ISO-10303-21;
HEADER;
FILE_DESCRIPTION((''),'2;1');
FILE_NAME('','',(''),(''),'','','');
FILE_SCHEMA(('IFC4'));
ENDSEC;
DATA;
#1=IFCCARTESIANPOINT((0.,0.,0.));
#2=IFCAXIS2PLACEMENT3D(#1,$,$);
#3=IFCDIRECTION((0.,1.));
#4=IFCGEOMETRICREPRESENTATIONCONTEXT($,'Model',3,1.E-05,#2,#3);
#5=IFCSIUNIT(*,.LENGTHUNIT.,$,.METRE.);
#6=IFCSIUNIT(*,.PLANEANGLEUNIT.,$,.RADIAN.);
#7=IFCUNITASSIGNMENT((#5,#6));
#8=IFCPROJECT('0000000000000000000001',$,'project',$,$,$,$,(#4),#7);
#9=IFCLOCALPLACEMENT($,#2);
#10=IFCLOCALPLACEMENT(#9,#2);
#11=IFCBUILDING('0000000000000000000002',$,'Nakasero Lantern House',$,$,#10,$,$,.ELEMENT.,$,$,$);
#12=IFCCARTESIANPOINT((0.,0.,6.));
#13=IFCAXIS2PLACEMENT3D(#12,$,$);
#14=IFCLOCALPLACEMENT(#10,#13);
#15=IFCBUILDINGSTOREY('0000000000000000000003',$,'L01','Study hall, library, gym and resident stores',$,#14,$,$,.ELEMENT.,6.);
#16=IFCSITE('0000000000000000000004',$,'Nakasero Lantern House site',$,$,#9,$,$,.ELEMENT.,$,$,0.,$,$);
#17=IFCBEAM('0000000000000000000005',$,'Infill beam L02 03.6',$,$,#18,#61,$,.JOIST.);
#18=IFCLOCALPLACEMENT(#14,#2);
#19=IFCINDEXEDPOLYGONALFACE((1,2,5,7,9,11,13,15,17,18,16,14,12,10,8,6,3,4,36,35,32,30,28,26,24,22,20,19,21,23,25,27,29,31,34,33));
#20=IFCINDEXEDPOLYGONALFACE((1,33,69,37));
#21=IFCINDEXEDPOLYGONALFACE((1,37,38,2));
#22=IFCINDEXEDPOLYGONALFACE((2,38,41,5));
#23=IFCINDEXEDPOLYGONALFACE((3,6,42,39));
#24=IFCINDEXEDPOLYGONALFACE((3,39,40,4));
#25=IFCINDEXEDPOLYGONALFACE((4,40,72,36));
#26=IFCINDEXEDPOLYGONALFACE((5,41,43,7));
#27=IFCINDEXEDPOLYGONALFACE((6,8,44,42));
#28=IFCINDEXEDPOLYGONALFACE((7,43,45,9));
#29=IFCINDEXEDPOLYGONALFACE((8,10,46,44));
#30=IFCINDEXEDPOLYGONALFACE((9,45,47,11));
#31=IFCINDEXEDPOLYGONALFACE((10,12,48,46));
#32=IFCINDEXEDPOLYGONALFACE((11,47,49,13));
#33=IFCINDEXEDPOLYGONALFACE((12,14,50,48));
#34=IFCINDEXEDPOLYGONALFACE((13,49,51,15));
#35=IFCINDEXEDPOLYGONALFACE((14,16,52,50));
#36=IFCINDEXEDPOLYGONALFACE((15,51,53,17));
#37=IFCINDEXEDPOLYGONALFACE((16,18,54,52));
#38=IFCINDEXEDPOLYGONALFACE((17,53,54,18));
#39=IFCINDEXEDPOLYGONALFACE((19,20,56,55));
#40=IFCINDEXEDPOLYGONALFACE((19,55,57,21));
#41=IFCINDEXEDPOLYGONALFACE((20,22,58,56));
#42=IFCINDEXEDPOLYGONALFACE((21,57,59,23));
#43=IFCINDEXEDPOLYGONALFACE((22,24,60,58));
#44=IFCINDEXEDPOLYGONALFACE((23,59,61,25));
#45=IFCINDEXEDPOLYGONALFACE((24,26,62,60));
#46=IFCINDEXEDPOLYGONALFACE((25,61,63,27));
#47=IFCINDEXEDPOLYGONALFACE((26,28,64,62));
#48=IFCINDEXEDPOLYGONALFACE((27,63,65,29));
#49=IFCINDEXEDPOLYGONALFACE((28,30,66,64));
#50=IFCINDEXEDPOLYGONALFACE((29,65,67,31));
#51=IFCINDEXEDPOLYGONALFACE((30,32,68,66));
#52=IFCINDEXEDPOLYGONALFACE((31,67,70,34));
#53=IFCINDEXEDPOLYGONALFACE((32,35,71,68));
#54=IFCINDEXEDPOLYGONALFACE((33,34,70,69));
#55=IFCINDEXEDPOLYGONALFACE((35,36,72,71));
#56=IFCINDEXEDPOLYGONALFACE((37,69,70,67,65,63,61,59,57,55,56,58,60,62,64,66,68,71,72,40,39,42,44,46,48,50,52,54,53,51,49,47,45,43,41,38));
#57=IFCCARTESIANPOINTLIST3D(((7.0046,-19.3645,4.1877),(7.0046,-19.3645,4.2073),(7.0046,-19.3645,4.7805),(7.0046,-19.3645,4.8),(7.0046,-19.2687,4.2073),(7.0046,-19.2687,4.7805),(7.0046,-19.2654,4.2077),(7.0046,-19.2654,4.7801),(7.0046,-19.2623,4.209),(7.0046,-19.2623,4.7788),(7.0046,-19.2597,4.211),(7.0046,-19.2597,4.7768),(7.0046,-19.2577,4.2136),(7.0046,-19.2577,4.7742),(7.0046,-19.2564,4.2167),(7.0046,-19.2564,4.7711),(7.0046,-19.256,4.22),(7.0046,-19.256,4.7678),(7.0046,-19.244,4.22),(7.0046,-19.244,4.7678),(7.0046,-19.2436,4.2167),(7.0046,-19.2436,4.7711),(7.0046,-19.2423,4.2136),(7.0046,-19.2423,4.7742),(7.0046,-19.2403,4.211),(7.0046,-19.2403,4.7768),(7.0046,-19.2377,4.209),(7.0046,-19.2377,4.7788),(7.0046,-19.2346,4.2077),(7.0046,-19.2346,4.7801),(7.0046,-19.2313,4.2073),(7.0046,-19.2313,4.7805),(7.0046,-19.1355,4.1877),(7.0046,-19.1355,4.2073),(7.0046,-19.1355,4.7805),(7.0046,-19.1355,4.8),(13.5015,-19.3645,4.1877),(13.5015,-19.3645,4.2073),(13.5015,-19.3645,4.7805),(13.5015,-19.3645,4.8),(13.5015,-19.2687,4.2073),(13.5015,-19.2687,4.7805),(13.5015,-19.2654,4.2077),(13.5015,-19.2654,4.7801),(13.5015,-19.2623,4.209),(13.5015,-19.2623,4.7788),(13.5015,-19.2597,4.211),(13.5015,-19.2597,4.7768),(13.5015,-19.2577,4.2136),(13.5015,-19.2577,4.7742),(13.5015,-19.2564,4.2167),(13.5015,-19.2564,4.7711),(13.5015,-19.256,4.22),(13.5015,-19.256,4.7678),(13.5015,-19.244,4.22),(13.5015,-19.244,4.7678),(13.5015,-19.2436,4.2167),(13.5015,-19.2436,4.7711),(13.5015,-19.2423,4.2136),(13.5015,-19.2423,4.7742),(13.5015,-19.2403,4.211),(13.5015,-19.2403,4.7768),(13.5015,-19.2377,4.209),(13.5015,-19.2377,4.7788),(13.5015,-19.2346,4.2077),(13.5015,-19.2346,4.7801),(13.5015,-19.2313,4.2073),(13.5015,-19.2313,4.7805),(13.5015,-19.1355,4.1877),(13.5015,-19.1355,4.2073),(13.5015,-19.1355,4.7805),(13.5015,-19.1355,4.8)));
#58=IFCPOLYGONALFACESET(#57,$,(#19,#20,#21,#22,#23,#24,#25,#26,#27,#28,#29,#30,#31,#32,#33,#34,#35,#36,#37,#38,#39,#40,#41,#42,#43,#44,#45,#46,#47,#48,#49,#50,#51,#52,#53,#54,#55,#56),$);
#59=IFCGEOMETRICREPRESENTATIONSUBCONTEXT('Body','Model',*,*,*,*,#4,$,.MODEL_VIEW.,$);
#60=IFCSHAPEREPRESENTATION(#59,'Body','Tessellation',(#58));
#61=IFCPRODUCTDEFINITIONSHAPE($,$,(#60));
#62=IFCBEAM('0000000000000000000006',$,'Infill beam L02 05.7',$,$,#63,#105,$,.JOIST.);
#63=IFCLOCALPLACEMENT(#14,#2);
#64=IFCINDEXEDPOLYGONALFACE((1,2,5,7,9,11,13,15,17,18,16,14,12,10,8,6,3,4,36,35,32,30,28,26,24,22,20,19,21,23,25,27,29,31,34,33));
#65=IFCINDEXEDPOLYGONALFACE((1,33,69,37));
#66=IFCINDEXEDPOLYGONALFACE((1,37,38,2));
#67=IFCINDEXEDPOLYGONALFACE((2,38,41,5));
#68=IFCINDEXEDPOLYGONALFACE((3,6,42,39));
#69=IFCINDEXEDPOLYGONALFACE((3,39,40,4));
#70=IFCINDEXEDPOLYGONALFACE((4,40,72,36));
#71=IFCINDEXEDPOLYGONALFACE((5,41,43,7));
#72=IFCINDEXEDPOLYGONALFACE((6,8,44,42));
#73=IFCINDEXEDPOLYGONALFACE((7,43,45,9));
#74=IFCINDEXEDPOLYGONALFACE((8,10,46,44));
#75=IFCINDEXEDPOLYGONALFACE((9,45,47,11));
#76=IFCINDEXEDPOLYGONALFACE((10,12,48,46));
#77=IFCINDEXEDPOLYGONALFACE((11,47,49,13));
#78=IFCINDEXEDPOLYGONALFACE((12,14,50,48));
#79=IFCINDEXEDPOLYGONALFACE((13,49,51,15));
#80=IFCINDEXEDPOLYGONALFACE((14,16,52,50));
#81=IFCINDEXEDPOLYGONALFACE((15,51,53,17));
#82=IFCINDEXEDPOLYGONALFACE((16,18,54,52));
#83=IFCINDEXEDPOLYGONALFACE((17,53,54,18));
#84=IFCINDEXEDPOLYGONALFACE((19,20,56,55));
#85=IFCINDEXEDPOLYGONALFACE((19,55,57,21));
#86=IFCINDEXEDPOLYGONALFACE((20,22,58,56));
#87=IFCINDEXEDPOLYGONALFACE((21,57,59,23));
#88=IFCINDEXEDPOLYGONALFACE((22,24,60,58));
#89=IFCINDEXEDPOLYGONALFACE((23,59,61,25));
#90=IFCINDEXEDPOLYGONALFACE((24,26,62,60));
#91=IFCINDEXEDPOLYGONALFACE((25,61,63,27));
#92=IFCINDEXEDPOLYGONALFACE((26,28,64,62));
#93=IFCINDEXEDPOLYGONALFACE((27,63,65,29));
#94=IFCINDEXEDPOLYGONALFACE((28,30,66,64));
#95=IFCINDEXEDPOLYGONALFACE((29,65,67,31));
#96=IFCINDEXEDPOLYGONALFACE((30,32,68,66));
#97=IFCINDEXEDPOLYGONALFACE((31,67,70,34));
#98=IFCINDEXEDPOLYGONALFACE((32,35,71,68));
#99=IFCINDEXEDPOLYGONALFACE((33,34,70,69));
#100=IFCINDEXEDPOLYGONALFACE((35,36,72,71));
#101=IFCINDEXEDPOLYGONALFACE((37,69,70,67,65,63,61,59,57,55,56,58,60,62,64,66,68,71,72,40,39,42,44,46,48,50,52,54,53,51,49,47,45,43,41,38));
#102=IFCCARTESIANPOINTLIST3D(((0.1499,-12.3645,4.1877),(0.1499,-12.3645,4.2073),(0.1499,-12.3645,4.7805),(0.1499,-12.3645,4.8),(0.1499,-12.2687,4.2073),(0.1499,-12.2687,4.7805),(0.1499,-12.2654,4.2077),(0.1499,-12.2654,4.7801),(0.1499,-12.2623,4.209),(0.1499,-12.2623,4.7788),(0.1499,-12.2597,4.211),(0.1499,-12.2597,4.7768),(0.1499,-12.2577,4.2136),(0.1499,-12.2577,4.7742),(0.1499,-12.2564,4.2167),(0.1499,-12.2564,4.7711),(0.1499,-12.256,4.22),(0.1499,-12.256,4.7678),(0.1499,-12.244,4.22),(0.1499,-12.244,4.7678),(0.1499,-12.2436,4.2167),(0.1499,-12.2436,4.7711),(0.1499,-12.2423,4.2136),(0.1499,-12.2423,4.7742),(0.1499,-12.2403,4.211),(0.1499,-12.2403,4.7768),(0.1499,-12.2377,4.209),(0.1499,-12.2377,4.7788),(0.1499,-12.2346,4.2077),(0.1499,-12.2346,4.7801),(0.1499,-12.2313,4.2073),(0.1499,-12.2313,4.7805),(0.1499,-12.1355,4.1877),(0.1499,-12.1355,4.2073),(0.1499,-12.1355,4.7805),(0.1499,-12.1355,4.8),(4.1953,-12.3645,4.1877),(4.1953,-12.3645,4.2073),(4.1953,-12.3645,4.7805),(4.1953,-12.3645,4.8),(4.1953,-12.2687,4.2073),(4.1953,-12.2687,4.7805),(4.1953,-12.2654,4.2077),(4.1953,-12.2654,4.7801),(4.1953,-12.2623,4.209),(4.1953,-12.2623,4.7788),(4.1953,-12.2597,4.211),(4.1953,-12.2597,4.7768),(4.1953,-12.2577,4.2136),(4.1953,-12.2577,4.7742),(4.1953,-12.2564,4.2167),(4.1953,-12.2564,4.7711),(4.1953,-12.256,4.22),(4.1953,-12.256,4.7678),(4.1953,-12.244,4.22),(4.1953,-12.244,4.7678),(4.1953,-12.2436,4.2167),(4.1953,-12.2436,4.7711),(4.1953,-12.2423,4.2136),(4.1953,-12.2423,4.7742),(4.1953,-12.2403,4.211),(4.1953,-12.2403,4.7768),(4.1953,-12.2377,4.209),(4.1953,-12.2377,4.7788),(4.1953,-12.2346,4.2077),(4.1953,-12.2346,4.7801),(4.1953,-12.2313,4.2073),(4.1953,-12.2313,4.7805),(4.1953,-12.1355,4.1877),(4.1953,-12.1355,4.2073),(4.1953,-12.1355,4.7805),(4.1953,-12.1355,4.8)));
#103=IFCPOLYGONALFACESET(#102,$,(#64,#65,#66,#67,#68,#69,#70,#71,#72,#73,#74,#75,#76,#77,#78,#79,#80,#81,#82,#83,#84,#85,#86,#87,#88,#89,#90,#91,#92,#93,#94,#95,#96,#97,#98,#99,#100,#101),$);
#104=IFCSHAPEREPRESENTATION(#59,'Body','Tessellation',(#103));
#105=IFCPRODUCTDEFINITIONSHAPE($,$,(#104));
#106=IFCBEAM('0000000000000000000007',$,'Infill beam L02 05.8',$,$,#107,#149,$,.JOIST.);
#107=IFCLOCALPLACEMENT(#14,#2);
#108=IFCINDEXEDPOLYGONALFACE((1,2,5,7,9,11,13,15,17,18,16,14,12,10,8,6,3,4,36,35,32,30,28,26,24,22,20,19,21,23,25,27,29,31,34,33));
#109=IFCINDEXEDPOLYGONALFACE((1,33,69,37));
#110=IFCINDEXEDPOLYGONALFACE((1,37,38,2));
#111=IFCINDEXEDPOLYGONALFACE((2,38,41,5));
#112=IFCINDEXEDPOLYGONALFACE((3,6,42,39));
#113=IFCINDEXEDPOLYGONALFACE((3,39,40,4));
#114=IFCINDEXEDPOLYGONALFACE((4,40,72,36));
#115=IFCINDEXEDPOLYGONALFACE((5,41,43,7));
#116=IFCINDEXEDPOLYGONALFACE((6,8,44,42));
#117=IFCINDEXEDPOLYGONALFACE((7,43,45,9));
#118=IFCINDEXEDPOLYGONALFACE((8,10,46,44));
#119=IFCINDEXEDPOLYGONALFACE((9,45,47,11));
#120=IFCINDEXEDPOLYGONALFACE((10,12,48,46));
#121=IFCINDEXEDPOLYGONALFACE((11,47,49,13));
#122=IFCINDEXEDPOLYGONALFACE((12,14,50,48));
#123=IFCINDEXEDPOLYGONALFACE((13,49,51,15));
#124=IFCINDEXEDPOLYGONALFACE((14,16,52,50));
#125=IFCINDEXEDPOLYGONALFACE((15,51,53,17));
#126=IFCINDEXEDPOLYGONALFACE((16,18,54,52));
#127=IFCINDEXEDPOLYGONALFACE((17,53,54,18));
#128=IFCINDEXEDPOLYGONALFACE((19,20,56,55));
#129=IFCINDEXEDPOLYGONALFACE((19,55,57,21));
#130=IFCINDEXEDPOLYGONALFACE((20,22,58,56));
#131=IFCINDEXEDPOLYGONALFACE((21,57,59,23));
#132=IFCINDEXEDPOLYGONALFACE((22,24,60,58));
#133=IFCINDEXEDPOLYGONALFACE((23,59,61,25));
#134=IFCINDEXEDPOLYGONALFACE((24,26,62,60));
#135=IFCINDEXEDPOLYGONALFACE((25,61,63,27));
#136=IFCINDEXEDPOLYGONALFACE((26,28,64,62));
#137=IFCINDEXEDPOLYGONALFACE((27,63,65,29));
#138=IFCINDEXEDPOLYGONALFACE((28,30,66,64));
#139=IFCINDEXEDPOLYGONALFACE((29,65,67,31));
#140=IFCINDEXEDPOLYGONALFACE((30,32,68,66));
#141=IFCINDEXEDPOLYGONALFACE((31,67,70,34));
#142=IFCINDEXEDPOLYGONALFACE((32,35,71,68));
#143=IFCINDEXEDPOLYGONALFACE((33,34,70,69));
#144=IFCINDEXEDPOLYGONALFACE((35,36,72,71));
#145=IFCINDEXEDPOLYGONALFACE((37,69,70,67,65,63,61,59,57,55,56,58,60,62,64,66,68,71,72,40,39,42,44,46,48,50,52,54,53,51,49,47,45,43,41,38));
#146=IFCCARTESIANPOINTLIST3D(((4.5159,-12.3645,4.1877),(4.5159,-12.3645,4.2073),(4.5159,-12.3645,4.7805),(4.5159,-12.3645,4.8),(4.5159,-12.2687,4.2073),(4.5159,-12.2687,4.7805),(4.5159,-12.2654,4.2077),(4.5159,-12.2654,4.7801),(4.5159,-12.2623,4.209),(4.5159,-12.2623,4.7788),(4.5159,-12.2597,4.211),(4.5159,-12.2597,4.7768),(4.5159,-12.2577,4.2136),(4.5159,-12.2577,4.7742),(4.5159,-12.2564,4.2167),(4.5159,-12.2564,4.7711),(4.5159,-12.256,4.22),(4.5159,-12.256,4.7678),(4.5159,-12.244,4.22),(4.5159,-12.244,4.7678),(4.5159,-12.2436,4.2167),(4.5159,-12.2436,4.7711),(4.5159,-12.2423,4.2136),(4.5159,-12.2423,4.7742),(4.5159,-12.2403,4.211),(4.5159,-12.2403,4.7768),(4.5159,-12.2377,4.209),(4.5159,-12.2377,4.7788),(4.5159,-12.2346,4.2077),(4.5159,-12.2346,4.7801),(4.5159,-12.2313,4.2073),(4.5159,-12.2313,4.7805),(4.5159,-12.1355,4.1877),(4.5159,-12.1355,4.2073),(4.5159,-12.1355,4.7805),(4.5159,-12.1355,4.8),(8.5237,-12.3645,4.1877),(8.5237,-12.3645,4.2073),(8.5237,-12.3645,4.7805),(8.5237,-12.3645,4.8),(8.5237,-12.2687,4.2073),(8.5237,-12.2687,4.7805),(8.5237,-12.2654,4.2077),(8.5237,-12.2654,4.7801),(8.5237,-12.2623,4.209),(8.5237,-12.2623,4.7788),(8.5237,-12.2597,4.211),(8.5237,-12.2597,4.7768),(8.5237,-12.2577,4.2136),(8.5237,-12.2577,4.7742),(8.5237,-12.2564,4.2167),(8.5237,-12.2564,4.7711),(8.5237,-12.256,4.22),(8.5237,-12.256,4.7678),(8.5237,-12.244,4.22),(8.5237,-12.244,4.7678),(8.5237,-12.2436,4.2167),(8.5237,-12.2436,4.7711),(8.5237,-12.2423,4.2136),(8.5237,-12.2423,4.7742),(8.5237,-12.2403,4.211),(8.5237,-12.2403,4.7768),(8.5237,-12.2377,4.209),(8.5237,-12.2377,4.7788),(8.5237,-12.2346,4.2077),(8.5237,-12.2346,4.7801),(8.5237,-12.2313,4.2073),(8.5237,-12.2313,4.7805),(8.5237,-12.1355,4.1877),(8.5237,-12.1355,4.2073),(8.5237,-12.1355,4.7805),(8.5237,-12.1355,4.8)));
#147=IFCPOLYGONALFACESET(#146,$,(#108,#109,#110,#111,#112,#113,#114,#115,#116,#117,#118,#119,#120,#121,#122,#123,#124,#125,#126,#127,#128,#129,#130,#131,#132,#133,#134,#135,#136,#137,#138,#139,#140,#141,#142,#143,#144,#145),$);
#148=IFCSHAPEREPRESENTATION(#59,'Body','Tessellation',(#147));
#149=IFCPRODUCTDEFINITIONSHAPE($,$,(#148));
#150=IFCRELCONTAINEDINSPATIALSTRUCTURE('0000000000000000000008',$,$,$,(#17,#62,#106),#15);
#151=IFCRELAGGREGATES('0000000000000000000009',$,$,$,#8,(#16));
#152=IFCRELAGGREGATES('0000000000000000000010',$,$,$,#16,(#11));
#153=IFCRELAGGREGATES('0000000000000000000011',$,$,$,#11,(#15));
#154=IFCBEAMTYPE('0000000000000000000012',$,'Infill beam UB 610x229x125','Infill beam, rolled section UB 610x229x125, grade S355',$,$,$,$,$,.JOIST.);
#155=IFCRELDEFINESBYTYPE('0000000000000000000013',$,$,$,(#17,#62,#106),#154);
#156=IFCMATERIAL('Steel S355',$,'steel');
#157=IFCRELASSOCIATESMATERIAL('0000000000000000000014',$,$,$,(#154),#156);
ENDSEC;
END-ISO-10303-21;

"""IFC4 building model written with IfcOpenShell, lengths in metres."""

from ifc_helpers import new_model, si_unit, direction, frame, origin, origin_2d, place, context, subcontext, project, spatial, i_section, extrude, material, material_profile, profile_set, type_object, element, save


model = new_model("IFC4")

# Units and contexts
model_context = context("Model", 3, precision=1e-05, world=origin(), true_north=direction((0.0, 1.0)))
body_context = subcontext(model_context, "Body", "Model", "MODEL_VIEW")
ifc_project = project(units=[si_unit("LENGTHUNIT", "METRE"), si_unit("PLANEANGLEUNIT", "RADIAN")], contexts=[model_context])

# Site, building, storey
site_placement = place(None, origin())
site = spatial("IfcSite", under=ifc_project, at=site_placement, Name="Nakasero Lantern House site", CompositionType="ELEMENT", RefElevation=0.0)
building_placement = place(site_placement, origin())
building = spatial("IfcBuilding", under=site, at=building_placement, Name="Nakasero Lantern House", CompositionType="ELEMENT")
storey_placement = place(building_placement, frame((0.0, 0.0, 6.0)))
storey = spatial("IfcBuildingStorey", under=building, at=storey_placement, Name="L01", Description="Study hall, library, gym and resident stores", CompositionType="ELEMENT", Elevation=6.0)

# Beams
ifc_material_1 = material(Name="Steel S355", Category="steel")
ifc_material_profile_1 = material_profile(ifc_material_1, i_section(OverallWidth=0.229, OverallDepth=0.6123, WebThickness=0.012, FlangeThickness=0.0195, FilletRadius=0.0127, at=origin_2d()), Name="UB 610x229x125")
ifc_profile_set_1 = profile_set([ifc_material_profile_1], Name="Steel S355")
beam_type_1 = type_object("IfcBeamType", Name="Infill beam UB 610x229x125", Description="Infill beam, rolled section UB 610x229x125, grade S355", PredefinedType="JOIST", material=ifc_profile_set_1)
beam_1_placement = place(storey_placement, frame((7.0046, -19.25, 4.4939), z_axis=(1.0, 0.0, 0.0), x_axis=(0.0, 1.0, 0.0)))
element("IfcBeam", 1, at=beam_1_placement, inside=storey, type_object=beam_type_1, Name="Infill beam L02 03.6", PredefinedType="JOIST", context=body_context, shape_type="SweptSolid", body=[
    extrude(i_section(OverallWidth=0.229, OverallDepth=0.6123, WebThickness=0.012, FlangeThickness=0.0195, FilletRadius=0.0127, at=origin_2d()), origin(), (0.0, 0.0, 1.0), 6.4968),
])
beam_2_placement = place(storey_placement, frame((0.1499, -12.25, 4.4939), z_axis=(1.0, 0.0, 0.0), x_axis=(0.0, 1.0, 0.0)))
element("IfcBeam", 2, at=beam_2_placement, inside=storey, type_object=beam_type_1, Name="Infill beam L02 05.7", PredefinedType="JOIST", context=body_context, shape_type="SweptSolid", body=[
    extrude(i_section(OverallWidth=0.229, OverallDepth=0.6123, WebThickness=0.012, FlangeThickness=0.0195, FilletRadius=0.0127, at=origin_2d()), origin(), (0.0, 0.0, 1.0), 4.0454),
])
beam_3_placement = place(storey_placement, frame((4.5159, -12.25, 4.4939), z_axis=(1.0, 0.0, 0.0), x_axis=(0.0, 1.0, 0.0)))
element("IfcBeam", 3, at=beam_3_placement, inside=storey, type_object=beam_type_1, Name="Infill beam L02 05.8", PredefinedType="JOIST", context=body_context, shape_type="SweptSolid", body=[
    extrude(i_section(OverallWidth=0.229, OverallDepth=0.6123, WebThickness=0.012, FlangeThickness=0.0195, FilletRadius=0.0127, at=origin_2d()), origin(), (0.0, 0.0, 1.0), 4.0078),
])

save(model, "model.ifc")
